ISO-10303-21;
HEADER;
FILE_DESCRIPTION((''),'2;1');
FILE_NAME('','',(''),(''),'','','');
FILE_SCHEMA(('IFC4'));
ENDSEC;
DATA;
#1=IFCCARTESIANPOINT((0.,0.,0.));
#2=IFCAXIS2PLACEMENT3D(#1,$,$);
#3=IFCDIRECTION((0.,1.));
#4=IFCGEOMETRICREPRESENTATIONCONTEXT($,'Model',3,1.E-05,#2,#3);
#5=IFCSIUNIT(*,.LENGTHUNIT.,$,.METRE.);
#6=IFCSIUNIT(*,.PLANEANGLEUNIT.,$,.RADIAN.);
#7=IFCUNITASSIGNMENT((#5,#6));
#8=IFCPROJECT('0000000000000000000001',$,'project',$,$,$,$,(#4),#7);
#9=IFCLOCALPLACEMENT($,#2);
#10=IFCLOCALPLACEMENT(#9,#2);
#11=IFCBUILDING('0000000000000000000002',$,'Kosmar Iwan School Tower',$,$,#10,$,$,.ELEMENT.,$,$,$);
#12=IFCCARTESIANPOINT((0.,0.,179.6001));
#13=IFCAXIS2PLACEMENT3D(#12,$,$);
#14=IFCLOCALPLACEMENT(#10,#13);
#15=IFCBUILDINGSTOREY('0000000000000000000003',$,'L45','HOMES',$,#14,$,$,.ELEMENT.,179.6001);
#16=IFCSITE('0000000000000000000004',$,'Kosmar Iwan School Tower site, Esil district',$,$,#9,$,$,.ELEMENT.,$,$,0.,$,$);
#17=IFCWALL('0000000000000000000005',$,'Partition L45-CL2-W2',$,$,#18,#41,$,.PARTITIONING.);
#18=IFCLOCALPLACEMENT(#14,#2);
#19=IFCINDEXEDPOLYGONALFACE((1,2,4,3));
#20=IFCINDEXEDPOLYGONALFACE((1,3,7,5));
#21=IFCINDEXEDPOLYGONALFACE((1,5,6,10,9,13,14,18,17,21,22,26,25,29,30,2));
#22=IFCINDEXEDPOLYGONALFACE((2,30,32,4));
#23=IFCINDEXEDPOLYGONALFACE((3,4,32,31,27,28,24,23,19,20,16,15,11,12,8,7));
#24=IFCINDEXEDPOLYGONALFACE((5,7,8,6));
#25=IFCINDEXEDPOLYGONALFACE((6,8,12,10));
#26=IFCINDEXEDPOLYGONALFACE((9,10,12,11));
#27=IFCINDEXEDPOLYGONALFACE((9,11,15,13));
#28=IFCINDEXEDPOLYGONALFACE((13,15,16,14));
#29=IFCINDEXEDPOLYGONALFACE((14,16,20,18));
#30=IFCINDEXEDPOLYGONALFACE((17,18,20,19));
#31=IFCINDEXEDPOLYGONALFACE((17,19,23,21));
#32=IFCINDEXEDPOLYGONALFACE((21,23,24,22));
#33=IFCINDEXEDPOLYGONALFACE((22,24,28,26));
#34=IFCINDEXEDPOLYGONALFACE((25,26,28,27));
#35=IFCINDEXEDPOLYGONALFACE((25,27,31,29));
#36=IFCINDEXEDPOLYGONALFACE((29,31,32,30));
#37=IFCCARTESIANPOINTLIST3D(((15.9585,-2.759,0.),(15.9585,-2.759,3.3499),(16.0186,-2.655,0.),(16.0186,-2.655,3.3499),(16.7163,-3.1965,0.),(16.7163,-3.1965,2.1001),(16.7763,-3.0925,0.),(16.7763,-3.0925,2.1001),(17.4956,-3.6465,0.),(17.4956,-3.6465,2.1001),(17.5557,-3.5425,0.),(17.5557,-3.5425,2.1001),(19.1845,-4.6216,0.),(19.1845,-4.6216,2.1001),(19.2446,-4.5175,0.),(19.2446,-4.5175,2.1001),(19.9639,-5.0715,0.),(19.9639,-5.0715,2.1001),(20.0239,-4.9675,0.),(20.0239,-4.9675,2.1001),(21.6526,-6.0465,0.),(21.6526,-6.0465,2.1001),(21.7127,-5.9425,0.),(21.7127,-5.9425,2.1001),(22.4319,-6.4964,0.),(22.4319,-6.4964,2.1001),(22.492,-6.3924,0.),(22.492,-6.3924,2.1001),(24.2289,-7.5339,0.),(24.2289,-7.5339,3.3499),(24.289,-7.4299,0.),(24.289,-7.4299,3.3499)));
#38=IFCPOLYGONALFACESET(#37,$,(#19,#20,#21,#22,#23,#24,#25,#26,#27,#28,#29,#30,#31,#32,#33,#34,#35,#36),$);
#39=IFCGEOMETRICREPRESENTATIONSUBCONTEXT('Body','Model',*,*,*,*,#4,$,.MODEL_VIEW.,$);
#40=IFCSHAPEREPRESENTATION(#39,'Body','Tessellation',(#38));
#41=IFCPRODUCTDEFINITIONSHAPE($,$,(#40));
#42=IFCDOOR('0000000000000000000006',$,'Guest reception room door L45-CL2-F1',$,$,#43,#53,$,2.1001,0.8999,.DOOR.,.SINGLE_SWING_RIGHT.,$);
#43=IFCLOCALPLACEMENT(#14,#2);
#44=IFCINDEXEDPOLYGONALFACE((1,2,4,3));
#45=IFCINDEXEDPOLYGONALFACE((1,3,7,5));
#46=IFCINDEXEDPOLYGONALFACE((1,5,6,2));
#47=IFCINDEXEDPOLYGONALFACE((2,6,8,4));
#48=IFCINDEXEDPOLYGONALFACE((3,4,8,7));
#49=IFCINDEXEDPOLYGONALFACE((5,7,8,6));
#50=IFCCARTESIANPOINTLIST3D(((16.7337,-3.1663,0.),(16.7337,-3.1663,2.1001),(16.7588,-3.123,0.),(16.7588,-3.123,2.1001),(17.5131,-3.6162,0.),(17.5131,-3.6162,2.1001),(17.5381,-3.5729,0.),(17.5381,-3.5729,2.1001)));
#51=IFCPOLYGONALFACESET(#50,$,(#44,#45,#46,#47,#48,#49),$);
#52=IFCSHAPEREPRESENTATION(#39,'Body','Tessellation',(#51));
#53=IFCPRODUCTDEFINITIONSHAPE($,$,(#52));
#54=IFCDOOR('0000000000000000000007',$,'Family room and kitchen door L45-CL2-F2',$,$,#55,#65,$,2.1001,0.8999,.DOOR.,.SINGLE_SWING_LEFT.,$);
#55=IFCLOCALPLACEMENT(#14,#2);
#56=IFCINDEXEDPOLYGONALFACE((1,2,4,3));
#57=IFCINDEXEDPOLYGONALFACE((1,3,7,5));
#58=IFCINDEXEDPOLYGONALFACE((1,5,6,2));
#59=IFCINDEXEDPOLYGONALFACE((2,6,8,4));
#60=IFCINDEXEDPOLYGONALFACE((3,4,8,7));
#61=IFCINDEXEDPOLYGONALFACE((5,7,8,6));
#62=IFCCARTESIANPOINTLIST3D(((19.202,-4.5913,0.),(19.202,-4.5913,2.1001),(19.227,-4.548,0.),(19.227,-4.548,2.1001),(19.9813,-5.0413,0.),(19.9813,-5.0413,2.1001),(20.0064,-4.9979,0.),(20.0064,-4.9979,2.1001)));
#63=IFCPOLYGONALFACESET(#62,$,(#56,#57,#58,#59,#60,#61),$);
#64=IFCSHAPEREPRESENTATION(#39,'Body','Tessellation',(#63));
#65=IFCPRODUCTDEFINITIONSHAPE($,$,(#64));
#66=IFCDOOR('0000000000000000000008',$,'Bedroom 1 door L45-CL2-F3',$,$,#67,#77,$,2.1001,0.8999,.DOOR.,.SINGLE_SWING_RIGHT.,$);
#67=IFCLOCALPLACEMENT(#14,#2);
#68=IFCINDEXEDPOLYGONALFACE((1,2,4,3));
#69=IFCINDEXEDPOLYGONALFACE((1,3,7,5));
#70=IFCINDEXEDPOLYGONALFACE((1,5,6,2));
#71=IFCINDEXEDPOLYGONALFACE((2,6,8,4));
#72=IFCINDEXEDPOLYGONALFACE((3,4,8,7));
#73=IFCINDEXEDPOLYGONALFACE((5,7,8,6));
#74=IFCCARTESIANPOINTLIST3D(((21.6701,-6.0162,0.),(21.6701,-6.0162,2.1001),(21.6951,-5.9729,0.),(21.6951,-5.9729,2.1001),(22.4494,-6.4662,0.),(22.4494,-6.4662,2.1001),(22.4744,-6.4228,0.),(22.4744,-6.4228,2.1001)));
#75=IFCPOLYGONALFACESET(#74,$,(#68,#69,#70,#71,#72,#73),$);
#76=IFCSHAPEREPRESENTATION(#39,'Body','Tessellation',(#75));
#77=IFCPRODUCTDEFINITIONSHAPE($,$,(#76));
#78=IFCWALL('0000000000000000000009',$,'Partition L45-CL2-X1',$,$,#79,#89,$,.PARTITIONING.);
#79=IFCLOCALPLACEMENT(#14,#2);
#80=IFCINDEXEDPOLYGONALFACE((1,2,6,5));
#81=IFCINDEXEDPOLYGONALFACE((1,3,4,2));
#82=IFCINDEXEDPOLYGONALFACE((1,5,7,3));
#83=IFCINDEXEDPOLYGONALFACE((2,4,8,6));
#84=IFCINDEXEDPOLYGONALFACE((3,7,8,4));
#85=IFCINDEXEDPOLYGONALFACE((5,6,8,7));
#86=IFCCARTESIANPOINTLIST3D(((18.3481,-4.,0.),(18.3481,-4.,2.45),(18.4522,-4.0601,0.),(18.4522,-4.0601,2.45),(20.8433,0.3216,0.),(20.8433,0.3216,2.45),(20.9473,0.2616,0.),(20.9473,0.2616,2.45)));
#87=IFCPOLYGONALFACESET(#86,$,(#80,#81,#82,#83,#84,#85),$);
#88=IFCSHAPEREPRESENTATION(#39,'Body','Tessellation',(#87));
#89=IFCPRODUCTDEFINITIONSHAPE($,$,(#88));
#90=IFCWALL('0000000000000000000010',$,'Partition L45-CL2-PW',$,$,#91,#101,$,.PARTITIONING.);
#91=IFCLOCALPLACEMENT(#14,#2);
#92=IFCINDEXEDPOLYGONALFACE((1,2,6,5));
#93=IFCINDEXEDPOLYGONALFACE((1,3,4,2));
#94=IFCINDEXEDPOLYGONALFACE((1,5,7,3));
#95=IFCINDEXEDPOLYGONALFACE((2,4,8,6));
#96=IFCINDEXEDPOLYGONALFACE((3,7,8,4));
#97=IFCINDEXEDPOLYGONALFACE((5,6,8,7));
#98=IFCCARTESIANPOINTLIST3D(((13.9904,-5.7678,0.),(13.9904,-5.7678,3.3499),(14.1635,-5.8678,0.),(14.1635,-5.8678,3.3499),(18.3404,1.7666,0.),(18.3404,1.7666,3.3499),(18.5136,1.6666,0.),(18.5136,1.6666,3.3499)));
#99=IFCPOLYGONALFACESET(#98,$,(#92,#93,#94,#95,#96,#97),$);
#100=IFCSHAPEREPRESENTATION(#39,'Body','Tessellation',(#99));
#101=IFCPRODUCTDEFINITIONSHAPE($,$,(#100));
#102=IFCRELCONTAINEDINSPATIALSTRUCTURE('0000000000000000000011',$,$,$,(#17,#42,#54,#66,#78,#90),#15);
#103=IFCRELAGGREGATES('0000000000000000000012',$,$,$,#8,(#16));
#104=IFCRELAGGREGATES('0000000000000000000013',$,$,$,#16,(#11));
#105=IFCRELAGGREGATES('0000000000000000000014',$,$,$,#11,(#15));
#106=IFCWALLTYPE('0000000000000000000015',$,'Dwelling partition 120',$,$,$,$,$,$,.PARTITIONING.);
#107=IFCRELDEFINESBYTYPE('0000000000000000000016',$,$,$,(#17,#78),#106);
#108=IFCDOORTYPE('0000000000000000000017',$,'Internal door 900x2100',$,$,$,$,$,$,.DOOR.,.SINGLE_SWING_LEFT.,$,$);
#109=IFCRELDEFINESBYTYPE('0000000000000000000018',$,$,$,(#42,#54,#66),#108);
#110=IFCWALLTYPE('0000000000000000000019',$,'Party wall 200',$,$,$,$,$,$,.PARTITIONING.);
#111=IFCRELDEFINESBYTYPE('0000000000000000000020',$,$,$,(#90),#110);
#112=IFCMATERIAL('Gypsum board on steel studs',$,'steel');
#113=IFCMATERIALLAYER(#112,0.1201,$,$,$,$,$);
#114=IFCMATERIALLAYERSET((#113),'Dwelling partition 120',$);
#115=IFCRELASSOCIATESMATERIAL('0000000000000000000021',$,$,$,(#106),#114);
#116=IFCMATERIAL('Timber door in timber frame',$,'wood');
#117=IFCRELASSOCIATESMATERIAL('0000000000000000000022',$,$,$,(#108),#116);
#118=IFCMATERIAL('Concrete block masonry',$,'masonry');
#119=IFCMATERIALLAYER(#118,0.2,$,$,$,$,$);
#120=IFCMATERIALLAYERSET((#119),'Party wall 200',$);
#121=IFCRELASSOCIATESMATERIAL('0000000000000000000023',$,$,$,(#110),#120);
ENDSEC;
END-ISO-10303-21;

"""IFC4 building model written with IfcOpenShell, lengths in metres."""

from ifc_helpers import new_model, si_unit, direction, frame, frame_2d, origin, place, context, subcontext, project, spatial, rectangle, extrude, material, layer, layer_set, type_object, element, fill, save


model = new_model("IFC4")

# Units and contexts
model_context = context("Model", 3, precision=1e-05, world=origin(), true_north=direction((0.0, 1.0)))
body_context = subcontext(model_context, "Body", "Model", "MODEL_VIEW")
ifc_project = project(units=[si_unit("LENGTHUNIT", "METRE"), si_unit("PLANEANGLEUNIT", "RADIAN")], contexts=[model_context])

# Site, building, storey
site_placement = place(None, origin())
site = spatial("IfcSite", under=ifc_project, at=site_placement, Name="Kosmar Iwan School Tower site, Esil district", CompositionType="ELEMENT", RefElevation=0.0)
building_placement = place(site_placement, origin())
building = spatial("IfcBuilding", under=site, at=building_placement, Name="Kosmar Iwan School Tower", CompositionType="ELEMENT")
storey_placement = place(building_placement, frame((0.0, 0.0, 179.6001)))
storey = spatial("IfcBuildingStorey", under=building, at=storey_placement, Name="L45", Description="HOMES", CompositionType="ELEMENT", Elevation=179.6001)

# Shared definitions
ifc_material_1 = material(Name="Gypsum board on steel studs", Category="steel")
ifc_layer_1 = layer(ifc_material_1, 0.1201)
ifc_layer_set_1 = layer_set([ifc_layer_1], Name="Dwelling partition 120")
wall_type_1 = type_object("IfcWallType", Name="Dwelling partition 120", PredefinedType="PARTITIONING", material=ifc_layer_set_1)
ifc_material_2 = material(Name="Timber door in timber frame", Category="wood")
door_type_1 = type_object("IfcDoorType", Name="Internal door 900x2100", OperationType="SINGLE_SWING_LEFT", PredefinedType="DOOR", material=ifc_material_2)

# Wall, openings, doors
wall_1_placement = place(storey_placement, frame((15.9885, -2.707, 0.0), z_axis=(0.0, 0.0, 1.0), x_axis=(0.866029, -0.499994, 0.0)))
wall_1 = element("IfcWall", 1, at=wall_1_placement, inside=storey, type_object=wall_type_1, Name="Partition L45-CL2-W2", PredefinedType="PARTITIONING", context=body_context, shape_type="SweptSolid", body=[
    extrude(rectangle(XDim=9.5498, YDim=0.1201, at=frame_2d((4.7749, 0.0))), origin(), (0.0, 0.0, 1.0), 3.3499),
])
opening_1_placement = place(wall_1_placement, frame((0.875, 0.0, 0.0)))
opening_1 = element("IfcOpeningElement", 2, at=opening_1_placement, cuts=wall_1, PredefinedType="OPENING", context=body_context, shape_type="SweptSolid", body=[
    extrude(rectangle(XDim=0.8999, YDim=2.1001, at=frame_2d((0.45, 1.05))), frame((0.0, 0.072, 0.0), z_axis=(0.0, -1.0, 0.0), x_axis=(1.0, 0.0, 0.0)), (0.0, 0.0, 1.0), 0.144),
])
opening_2_placement = place(wall_1_placement, frame((3.7251, 0.0, 0.0)))
opening_2 = element("IfcOpeningElement", 3, at=opening_2_placement, cuts=wall_1, PredefinedType="OPENING", context=body_context, shape_type="SweptSolid", body=[
    extrude(rectangle(XDim=0.8999, YDim=2.1001, at=frame_2d((0.45, 1.05))), frame((0.0, 0.072, 0.0), z_axis=(0.0, -1.0, 0.0), x_axis=(1.0, 0.0, 0.0)), (0.0, 0.0, 1.0), 0.144),
])
opening_3_placement = place(wall_1_placement, frame((6.575, 0.0, 0.0)))
opening_3 = element("IfcOpeningElement", 4, at=opening_3_placement, cuts=wall_1, PredefinedType="OPENING", context=body_context, shape_type="SweptSolid", body=[
    extrude(rectangle(XDim=0.8999, YDim=2.1001, at=frame_2d((0.45, 1.05))), frame((0.0, 0.072, 0.0), z_axis=(0.0, -1.0, 0.0), x_axis=(1.0, 0.0, 0.0)), (0.0, 0.0, 1.0), 0.144),
])
door_1_placement = place(opening_1_placement, origin())
door_1 = element("IfcDoor", 5, at=door_1_placement, inside=storey, type_object=door_type_1, Name="Guest reception room door L45-CL2-F1", OperationType="SINGLE_SWING_RIGHT", OverallHeight=2.1001, OverallWidth=0.8999, PredefinedType="DOOR", context=body_context, shape_type="SweptSolid", body=[
    extrude(rectangle(XDim=0.8999, YDim=2.1001, at=frame_2d((0.45, 1.05))), frame((0.0, 0.0249, 0.0), z_axis=(0.0, -1.0, 0.0), x_axis=(1.0, 0.0, 0.0)), (0.0, 0.0, 1.0), 0.05),
])
fill(opening_1, door_1)
door_2_placement = place(opening_2_placement, origin())
door_2 = element("IfcDoor", 6, at=door_2_placement, inside=storey, type_object=door_type_1, Name="Family room and kitchen door L45-CL2-F2", OperationType="SINGLE_SWING_LEFT", OverallHeight=2.1001, OverallWidth=0.8999, PredefinedType="DOOR", context=body_context, shape_type="SweptSolid", body=[
    extrude(rectangle(XDim=0.8999, YDim=2.1001, at=frame_2d((0.45, 1.05))), frame((0.0, 0.0249, 0.0), z_axis=(0.0, -1.0, 0.0), x_axis=(1.0, 0.0, 0.0)), (0.0, 0.0, 1.0), 0.05),
])
fill(opening_2, door_2)
door_3_placement = place(opening_3_placement, origin())
door_3 = element("IfcDoor", 7, at=door_3_placement, inside=storey, type_object=door_type_1, Name="Bedroom 1 door L45-CL2-F3", OperationType="SINGLE_SWING_RIGHT", OverallHeight=2.1001, OverallWidth=0.8999, PredefinedType="DOOR", context=body_context, shape_type="SweptSolid", body=[
    extrude(rectangle(XDim=0.8999, YDim=2.1001, at=frame_2d((0.45, 1.05))), frame((0.0, 0.0249, 0.0), z_axis=(0.0, -1.0, 0.0), x_axis=(1.0, 0.0, 0.0)), (0.0, 0.0, 1.0), 0.05),
])
fill(opening_3, door_3)

# Walls
wall_2_placement = place(storey_placement, frame((18.4001, -4.03, 0.0), z_axis=(0.0, 0.0, 1.0), x_axis=(0.500012, 0.866019, 0.0)))
element("IfcWall", 8, at=wall_2_placement, inside=storey, type_object=wall_type_1, Name="Partition L45-CL2-X1", PredefinedType="PARTITIONING", context=body_context, shape_type="SweptSolid", body=[
    extrude(rectangle(XDim=4.9902, YDim=0.1201, at=frame_2d((2.4951, 0.0))), origin(), (0.0, 0.0, 1.0), 2.45),
])
ifc_material_3 = material(Name="Concrete block masonry", Category="masonry")
ifc_layer_2 = layer(ifc_material_3, 0.2)
ifc_layer_set_2 = layer_set([ifc_layer_2], Name="Party wall 200")
wall_type_2 = type_object("IfcWallType", Name="Party wall 200", PredefinedType="PARTITIONING", material=ifc_layer_set_2)
wall_3_placement = place(storey_placement, frame((14.0769, -5.8179, 0.0), z_axis=(0.0, 0.0, 1.0), x_axis=(0.500008, 0.866021, 0.0)))
element("IfcWall", 9, at=wall_3_placement, inside=storey, type_object=wall_type_2, Name="Partition L45-CL2-PW", PredefinedType="PARTITIONING", context=body_context, shape_type="SweptSolid", body=[
    extrude(rectangle(XDim=8.7, YDim=0.2, at=frame_2d((4.3501, 0.0))), origin(), (0.0, 0.0, 1.0), 3.3499),
])

save(model, "model.ifc")
